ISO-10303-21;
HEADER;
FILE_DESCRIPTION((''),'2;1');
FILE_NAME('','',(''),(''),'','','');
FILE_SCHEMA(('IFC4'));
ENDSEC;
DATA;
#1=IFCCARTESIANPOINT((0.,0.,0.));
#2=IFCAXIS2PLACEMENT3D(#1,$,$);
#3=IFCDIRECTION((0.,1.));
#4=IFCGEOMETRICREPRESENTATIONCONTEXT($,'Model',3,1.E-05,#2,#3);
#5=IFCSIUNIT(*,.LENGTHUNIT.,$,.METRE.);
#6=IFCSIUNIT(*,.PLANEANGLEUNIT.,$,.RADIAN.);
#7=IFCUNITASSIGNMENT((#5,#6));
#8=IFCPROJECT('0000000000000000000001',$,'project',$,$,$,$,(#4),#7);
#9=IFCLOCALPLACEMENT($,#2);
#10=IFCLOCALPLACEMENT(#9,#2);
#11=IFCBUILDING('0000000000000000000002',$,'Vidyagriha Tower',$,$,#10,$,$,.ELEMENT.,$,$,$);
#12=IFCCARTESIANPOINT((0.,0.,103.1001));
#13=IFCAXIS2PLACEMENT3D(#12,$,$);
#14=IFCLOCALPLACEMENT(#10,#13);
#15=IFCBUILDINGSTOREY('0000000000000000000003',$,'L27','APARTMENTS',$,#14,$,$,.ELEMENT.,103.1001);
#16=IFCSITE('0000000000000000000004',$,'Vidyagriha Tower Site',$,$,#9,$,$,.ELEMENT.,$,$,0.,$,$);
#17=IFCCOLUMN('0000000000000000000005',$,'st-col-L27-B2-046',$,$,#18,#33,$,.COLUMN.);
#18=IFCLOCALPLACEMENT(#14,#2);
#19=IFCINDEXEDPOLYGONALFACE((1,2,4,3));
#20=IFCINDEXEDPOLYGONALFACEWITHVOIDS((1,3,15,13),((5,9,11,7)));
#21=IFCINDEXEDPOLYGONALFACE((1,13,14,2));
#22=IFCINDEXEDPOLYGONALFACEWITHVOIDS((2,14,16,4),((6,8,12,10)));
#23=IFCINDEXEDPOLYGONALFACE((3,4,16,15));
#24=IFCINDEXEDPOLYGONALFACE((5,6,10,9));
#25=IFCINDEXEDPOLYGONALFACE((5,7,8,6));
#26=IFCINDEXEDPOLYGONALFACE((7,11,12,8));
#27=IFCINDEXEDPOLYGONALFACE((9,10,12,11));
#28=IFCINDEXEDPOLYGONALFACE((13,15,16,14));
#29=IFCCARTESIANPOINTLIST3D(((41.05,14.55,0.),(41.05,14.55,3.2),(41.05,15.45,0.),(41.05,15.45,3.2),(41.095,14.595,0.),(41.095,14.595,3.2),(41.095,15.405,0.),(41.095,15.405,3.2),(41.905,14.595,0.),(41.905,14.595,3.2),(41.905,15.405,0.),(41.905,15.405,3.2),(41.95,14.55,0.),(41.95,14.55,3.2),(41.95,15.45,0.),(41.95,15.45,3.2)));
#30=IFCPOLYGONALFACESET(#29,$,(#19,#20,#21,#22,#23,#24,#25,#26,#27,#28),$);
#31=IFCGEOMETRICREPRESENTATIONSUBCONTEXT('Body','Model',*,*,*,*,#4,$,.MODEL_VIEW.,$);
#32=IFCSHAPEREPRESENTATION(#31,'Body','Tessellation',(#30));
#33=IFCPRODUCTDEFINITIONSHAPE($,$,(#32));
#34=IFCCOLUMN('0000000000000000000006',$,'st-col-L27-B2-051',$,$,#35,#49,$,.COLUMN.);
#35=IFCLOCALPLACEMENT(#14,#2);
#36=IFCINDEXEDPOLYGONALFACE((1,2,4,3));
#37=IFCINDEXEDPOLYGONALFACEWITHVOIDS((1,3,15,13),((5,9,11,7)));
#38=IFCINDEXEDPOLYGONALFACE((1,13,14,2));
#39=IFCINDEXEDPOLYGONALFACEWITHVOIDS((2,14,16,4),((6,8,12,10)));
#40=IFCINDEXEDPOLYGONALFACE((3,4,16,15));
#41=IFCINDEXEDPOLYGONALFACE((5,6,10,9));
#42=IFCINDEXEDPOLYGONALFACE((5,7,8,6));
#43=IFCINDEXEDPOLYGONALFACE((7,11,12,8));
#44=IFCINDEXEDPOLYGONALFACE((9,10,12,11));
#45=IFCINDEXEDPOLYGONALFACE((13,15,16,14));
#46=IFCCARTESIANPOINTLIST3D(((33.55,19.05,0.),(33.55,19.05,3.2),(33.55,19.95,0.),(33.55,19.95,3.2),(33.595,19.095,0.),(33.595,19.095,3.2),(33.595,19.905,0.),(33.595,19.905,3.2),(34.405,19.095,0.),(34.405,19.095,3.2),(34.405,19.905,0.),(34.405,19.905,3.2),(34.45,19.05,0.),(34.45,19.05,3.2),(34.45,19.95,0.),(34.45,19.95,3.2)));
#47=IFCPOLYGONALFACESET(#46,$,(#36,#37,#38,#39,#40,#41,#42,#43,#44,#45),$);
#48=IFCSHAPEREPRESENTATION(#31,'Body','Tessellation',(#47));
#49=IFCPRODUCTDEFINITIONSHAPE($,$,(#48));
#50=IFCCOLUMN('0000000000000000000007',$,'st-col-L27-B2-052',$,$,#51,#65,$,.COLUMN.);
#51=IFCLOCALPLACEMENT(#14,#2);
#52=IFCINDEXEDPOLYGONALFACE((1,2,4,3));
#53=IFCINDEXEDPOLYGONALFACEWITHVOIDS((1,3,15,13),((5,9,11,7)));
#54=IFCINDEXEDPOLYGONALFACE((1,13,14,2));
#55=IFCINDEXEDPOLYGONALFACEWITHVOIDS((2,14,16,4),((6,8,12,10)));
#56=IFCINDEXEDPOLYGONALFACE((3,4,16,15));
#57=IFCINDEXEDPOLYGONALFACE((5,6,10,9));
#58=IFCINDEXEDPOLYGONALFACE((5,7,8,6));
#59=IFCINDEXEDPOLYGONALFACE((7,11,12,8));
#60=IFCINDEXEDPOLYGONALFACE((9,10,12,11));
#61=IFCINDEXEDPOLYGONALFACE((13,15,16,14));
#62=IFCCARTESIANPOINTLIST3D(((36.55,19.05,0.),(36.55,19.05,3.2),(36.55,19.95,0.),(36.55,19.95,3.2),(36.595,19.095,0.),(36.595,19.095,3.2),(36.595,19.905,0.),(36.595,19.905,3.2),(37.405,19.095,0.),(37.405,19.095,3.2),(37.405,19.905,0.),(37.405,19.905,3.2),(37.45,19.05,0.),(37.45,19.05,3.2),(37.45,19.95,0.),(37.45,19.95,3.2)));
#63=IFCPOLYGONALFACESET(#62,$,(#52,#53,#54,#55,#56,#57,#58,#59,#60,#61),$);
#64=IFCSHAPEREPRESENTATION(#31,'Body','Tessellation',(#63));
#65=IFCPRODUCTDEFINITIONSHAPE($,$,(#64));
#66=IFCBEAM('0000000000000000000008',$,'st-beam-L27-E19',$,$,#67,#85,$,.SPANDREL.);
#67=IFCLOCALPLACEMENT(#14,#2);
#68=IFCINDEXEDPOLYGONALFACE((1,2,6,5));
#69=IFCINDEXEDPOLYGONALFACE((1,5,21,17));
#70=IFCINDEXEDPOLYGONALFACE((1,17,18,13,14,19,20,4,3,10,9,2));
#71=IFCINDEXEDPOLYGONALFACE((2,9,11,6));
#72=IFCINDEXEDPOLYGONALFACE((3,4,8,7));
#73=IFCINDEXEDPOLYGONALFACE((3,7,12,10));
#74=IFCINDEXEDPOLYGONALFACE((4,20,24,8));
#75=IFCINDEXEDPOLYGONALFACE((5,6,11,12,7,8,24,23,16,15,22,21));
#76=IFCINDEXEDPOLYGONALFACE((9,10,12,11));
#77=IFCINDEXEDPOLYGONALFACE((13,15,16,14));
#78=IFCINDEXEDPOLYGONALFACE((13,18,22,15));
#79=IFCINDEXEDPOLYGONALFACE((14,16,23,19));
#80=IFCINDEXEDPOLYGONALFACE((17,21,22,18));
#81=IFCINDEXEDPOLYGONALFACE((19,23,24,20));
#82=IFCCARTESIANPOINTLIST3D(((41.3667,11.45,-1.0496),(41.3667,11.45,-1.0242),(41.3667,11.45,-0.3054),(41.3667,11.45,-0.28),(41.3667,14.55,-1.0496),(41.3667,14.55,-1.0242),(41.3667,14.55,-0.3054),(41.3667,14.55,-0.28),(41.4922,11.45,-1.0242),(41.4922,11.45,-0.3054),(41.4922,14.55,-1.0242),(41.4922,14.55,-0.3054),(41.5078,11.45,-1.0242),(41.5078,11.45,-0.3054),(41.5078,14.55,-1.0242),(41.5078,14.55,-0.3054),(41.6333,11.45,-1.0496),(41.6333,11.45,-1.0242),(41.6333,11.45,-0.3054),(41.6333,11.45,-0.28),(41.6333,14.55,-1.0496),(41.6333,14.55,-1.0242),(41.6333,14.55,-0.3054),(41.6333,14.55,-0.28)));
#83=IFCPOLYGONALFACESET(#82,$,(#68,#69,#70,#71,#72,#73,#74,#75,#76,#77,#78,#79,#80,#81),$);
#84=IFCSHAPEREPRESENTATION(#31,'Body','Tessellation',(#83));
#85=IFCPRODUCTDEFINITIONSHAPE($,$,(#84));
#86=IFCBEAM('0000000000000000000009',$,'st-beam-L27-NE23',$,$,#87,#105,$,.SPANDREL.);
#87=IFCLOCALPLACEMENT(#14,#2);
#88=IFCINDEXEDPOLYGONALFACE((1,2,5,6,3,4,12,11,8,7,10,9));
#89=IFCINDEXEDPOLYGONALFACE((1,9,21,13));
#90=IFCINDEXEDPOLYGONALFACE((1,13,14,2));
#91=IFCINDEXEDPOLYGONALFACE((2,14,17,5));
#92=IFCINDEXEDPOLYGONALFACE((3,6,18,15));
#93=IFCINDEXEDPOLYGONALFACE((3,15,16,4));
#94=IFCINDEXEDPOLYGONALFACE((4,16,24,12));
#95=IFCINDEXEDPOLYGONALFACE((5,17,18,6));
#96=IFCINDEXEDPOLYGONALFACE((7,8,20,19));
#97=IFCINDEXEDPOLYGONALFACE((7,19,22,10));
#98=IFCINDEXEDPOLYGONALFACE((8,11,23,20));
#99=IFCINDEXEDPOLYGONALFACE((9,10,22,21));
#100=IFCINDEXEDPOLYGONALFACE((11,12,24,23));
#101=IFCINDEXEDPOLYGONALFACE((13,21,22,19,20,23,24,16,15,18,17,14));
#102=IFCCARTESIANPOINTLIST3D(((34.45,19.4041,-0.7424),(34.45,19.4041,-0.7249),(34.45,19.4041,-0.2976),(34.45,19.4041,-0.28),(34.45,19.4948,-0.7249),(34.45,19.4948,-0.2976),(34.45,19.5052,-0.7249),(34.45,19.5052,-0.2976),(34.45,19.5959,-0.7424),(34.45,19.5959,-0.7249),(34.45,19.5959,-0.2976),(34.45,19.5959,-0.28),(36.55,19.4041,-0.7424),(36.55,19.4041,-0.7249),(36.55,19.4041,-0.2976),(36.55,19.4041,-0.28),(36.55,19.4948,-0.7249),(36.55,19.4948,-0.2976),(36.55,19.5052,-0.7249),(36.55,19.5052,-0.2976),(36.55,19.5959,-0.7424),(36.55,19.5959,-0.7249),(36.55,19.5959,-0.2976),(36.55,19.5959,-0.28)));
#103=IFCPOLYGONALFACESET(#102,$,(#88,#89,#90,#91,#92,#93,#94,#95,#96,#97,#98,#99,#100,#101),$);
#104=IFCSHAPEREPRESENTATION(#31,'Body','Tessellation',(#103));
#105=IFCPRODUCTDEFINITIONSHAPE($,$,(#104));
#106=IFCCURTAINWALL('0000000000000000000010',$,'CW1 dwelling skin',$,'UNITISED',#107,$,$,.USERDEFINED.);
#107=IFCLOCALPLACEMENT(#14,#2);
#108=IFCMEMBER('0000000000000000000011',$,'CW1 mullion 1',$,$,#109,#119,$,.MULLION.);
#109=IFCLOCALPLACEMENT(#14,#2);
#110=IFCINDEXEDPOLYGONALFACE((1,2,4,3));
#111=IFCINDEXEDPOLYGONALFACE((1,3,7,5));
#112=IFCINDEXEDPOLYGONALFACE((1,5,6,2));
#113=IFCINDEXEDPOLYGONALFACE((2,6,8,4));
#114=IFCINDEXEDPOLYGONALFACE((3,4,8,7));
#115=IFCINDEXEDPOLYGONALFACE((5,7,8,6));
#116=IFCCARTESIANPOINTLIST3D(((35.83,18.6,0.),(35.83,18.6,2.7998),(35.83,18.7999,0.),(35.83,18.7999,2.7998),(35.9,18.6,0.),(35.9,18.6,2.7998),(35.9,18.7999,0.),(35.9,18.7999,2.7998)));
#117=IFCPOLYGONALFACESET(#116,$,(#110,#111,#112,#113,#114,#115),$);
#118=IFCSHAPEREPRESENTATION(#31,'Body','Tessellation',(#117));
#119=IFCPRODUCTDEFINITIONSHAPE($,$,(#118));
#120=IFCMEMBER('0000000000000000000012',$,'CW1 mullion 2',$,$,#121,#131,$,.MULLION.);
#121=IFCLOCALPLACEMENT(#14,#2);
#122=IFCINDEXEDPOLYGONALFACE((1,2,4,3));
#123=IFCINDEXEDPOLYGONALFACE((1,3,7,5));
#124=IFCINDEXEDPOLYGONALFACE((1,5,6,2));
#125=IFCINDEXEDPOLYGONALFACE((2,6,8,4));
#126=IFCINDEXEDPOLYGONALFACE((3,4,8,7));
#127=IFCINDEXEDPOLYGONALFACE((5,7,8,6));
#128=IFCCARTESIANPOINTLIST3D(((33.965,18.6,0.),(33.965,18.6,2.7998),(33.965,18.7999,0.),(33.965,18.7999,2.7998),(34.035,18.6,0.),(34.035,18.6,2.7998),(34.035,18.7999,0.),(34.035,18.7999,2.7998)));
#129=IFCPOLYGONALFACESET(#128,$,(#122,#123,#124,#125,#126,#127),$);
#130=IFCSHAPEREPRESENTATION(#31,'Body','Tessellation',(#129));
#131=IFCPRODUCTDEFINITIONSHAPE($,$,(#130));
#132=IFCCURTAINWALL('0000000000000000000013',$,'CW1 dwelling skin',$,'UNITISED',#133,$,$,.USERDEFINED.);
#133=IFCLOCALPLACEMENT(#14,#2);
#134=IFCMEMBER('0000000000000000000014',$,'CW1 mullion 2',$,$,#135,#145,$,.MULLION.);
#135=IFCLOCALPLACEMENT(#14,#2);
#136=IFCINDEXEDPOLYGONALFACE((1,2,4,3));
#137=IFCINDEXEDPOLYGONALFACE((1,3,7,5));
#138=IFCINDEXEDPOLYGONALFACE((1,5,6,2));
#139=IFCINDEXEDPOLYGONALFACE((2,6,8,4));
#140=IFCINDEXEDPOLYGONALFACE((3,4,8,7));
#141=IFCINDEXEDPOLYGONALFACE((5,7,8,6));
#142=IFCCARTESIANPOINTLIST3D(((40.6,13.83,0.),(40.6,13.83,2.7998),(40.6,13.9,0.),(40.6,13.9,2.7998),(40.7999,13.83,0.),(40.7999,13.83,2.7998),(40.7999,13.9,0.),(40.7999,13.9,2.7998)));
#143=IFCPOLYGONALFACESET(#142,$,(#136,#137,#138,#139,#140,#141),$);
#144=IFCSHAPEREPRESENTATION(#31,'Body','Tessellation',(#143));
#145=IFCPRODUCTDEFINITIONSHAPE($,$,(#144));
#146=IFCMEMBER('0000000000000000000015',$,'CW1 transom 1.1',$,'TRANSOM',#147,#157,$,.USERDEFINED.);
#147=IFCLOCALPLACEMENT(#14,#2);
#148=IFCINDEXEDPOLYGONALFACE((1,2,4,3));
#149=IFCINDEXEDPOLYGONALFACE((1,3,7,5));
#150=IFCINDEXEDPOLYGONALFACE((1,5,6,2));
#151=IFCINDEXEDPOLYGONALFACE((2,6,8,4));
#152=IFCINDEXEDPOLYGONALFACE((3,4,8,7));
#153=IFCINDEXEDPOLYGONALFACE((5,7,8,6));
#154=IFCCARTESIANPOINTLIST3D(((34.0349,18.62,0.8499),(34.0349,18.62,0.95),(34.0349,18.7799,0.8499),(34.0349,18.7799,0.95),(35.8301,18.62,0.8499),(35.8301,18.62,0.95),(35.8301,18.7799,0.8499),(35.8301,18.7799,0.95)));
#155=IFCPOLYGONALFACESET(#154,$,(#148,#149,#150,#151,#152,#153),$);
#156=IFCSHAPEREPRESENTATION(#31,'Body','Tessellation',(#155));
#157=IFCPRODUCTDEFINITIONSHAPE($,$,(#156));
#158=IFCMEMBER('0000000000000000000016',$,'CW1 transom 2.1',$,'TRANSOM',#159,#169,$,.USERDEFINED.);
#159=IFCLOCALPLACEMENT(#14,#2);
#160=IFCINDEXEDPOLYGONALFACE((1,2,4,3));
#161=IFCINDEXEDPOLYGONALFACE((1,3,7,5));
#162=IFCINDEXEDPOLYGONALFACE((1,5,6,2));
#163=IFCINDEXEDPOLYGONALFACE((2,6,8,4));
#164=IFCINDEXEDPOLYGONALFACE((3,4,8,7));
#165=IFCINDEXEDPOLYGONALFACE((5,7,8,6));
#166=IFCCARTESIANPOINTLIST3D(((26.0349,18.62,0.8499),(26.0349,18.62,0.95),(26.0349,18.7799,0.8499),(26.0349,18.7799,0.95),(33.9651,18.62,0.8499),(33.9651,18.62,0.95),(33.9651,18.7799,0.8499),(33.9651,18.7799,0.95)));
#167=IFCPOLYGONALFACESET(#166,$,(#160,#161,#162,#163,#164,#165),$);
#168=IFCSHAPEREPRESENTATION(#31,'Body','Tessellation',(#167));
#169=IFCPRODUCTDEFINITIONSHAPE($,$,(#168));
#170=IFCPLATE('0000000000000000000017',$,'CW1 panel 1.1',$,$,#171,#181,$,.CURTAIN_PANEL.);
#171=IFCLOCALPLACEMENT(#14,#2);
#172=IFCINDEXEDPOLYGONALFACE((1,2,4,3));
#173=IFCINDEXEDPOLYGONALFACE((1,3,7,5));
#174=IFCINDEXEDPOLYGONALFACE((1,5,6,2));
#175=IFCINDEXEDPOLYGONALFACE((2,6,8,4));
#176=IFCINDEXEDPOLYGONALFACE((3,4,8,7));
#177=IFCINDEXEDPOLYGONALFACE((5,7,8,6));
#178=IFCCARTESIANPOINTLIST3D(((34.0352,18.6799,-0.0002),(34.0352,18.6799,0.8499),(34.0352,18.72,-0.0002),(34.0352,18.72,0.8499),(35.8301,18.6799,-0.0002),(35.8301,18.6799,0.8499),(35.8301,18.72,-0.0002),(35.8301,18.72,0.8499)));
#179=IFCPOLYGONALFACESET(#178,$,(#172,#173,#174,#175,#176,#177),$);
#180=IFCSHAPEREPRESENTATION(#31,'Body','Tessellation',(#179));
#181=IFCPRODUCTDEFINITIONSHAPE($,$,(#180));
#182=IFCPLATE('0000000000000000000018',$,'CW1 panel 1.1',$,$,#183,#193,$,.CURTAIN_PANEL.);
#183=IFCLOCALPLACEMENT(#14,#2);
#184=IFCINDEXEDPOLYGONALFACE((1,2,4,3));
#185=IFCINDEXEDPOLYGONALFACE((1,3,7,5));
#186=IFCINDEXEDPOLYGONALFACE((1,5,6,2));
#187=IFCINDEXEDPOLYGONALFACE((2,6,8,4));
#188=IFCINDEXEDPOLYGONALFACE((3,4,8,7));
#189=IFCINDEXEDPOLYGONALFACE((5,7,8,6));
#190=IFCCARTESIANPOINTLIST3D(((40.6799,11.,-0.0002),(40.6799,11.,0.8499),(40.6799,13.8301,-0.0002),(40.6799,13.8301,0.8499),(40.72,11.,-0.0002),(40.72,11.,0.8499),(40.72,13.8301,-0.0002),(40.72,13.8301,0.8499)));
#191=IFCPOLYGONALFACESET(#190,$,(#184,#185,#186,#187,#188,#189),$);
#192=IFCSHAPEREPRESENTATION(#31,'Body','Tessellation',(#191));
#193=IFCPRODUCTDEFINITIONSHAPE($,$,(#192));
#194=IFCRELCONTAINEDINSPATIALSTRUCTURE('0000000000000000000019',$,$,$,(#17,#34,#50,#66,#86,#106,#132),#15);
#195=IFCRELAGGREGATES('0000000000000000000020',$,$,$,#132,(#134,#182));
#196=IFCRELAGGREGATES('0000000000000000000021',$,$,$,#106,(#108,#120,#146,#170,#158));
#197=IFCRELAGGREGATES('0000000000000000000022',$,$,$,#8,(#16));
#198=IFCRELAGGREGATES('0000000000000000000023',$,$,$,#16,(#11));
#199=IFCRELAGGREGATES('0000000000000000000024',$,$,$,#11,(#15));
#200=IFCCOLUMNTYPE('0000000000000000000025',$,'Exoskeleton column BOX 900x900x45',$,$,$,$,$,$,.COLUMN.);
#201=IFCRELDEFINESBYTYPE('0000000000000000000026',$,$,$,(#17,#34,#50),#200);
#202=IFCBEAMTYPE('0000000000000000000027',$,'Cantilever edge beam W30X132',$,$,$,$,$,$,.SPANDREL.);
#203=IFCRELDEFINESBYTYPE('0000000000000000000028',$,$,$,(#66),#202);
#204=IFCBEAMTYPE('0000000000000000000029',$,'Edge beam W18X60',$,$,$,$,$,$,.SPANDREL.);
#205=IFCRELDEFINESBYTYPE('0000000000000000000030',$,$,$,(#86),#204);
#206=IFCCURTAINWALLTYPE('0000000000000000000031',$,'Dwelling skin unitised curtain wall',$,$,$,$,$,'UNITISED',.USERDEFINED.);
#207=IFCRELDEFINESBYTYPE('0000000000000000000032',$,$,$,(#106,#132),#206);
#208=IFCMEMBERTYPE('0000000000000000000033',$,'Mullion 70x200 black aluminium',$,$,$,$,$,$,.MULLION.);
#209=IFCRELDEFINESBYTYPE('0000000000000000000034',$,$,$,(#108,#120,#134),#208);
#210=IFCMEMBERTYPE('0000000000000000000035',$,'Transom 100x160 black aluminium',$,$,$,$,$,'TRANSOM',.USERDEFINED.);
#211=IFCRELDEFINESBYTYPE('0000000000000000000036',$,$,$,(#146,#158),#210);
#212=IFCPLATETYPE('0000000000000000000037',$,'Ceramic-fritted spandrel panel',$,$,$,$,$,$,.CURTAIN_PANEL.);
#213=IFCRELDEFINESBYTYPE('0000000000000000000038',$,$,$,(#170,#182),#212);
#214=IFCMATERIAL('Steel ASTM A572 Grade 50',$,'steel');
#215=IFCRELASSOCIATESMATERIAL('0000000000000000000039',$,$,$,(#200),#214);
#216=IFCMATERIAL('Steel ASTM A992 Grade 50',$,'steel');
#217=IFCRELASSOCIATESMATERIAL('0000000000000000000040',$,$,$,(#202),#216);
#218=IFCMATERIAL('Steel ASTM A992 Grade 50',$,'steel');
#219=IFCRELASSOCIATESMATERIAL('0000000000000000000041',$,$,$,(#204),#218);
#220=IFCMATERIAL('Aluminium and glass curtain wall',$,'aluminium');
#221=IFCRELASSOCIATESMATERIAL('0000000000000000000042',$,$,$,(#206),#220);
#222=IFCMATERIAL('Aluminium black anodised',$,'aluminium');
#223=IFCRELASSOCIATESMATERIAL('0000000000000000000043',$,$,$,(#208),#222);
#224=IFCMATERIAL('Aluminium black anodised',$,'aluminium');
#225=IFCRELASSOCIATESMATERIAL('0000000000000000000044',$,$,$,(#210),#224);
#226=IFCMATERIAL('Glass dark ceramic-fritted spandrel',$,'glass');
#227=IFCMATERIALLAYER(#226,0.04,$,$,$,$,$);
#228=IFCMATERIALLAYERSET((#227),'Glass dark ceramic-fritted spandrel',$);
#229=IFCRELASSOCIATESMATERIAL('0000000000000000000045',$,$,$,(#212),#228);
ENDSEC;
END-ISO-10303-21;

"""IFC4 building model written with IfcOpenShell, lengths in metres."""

from ifc_helpers import new_model, si_unit, direction, frame, origin, origin_2d, place, context, subcontext, project, spatial, rectangle, hollow_rectangle, i_section, extrude, material, layer, layer_set, material_profile, profile_set, type_object, element, aggregate, save


model = new_model("IFC4")

# Units and contexts
model_context = context("Model", 3, precision=1e-05, world=origin(), true_north=direction((0.0, 1.0)))
body_context = subcontext(model_context, "Body", "Model", "MODEL_VIEW")
ifc_project = project(units=[si_unit("LENGTHUNIT", "METRE"), si_unit("PLANEANGLEUNIT", "RADIAN")], contexts=[model_context])

# Site, building, storey
site_placement = place(None, origin())
site = spatial("IfcSite", under=ifc_project, at=site_placement, Name="Vidyagriha Tower Site", CompositionType="ELEMENT", RefElevation=0.0)
building_placement = place(site_placement, origin())
building = spatial("IfcBuilding", under=site, at=building_placement, Name="Vidyagriha Tower", CompositionType="ELEMENT")
storey_placement = place(building_placement, frame((0.0, 0.0, 103.1001)))
storey = spatial("IfcBuildingStorey", under=building, at=storey_placement, Name="L27", Description="APARTMENTS", CompositionType="ELEMENT", Elevation=103.1001)

# Columns
ifc_material_1 = material(Name="Steel ASTM A572 Grade 50", Category="steel")
ifc_material_profile_1 = material_profile(ifc_material_1, hollow_rectangle(XDim=0.8999, YDim=0.8999, WallThickness=0.0449, at=origin_2d()), Name="BOX 900x900x45")
ifc_profile_set_1 = profile_set([ifc_material_profile_1], Name="Steel ASTM A572 Grade 50")
column_type = type_object("IfcColumnType", Name="Exoskeleton column BOX 900x900x45", PredefinedType="COLUMN", material=ifc_profile_set_1)
for number, where, name in (
    (1, (41.5, 15.0, 0.0), "st-col-L27-B2-046"),
    (2, (34.0, 19.5, 0.0), "st-col-L27-B2-051"),
    (3, (37.0, 19.5, 0.0), "st-col-L27-B2-052"),
):
    element("IfcColumn", number, at=place(storey_placement, frame(where)), inside=storey, type_object=column_type, Name=name, PredefinedType="COLUMN", context=body_context, shape_type="SweptSolid", body=[
        extrude(hollow_rectangle(XDim=0.8999, YDim=0.8999, WallThickness=0.0449, at=origin_2d()), origin(), (0.0, 0.0, 1.0), 3.2),
    ])

# Beams
ifc_material_2 = material(Name="Steel ASTM A992 Grade 50", Category="steel")
ifc_material_profile_2 = material_profile(ifc_material_2, i_section(OverallWidth=0.2666, OverallDepth=0.7695, WebThickness=0.0156, FlangeThickness=0.0254, at=origin_2d()), Name="W30X132")
ifc_profile_set_2 = profile_set([ifc_material_profile_2], Name="Steel ASTM A992 Grade 50")
beam_type_1 = type_object("IfcBeamType", Name="Cantilever edge beam W30X132", PredefinedType="SPANDREL", material=ifc_profile_set_2)
beam_1_placement = place(storey_placement, frame((41.5, 11.45, -0.6648), z_axis=(0.0, 1.0, 0.0), x_axis=(-1.0, 0.0, 0.0)))
element("IfcBeam", 4, at=beam_1_placement, inside=storey, type_object=beam_type_1, Name="st-beam-L27-E19", PredefinedType="SPANDREL", context=body_context, shape_type="SweptSolid", body=[
    extrude(i_section(OverallWidth=0.2666, OverallDepth=0.7695, WebThickness=0.0156, FlangeThickness=0.0254, at=origin_2d()), origin(), (0.0, 0.0, 1.0), 3.1001),
])
ifc_material_3 = material(Name="Steel ASTM A992 Grade 50", Category="steel")
ifc_material_profile_3 = material_profile(ifc_material_3, i_section(OverallWidth=0.1919, OverallDepth=0.4624, WebThickness=0.0105, FlangeThickness=0.0176, at=origin_2d()), Name="W18X60")
ifc_profile_set_3 = profile_set([ifc_material_profile_3], Name="Steel ASTM A992 Grade 50")
beam_type_2 = type_object("IfcBeamType", Name="Edge beam W18X60", PredefinedType="SPANDREL", material=ifc_profile_set_3)
beam_2_placement = place(storey_placement, frame((34.45, 19.5, -0.5112), z_axis=(1.0, 0.0, 0.0), x_axis=(0.0, 1.0, 0.0)))
element("IfcBeam", 5, at=beam_2_placement, inside=storey, type_object=beam_type_2, Name="st-beam-L27-NE23", PredefinedType="SPANDREL", context=body_context, shape_type="SweptSolid", body=[
    extrude(i_section(OverallWidth=0.1919, OverallDepth=0.4624, WebThickness=0.0105, FlangeThickness=0.0176, at=origin_2d()), origin(), (0.0, 0.0, 1.0), 2.1001),
])

# Curtain wall, members
ifc_material_4 = material(Name="Aluminium and glass curtain wall", Category="aluminium")
curtain_wall_type = type_object("IfcCurtainWallType", Name="Dwelling skin unitised curtain wall", ElementType="UNITISED", PredefinedType="USERDEFINED", material=ifc_material_4)
curtain_wall_1_placement = place(storey_placement, origin())
curtain_wall_1 = element("IfcCurtainWall", 6, at=curtain_wall_1_placement, inside=storey, type_object=curtain_wall_type, Name="CW1 dwelling skin", ObjectType="UNITISED", PredefinedType="USERDEFINED")
ifc_material_5 = material(Name="Aluminium black anodised", Category="aluminium")
ifc_material_profile_4 = material_profile(ifc_material_5, rectangle(XDim=0.2, YDim=0.0701, at=origin_2d()), Name="Mullion 70x200 black aluminium")
ifc_profile_set_4 = profile_set([ifc_material_profile_4], Name="Aluminium black anodised")
member_type_1 = type_object("IfcMemberType", Name="Mullion 70x200 black aluminium", PredefinedType="MULLION", material=ifc_profile_set_4)
member_1_placement = place(storey_placement, frame((35.865, 18.7, 0.0), z_axis=(0.0, 0.0, 1.0), x_axis=(0.0, -1.0, 0.0)))
member_1 = element("IfcMember", 7, at=member_1_placement, type_object=member_type_1, Name="CW1 mullion 1", PredefinedType="MULLION", context=body_context, shape_type="SweptSolid", body=[
    extrude(rectangle(XDim=0.2, YDim=0.0701, at=origin_2d()), origin(), (0.0, 0.0, 1.0), 2.7998),
])
member_2_placement = place(storey_placement, frame((34.0, 18.7, 0.0), z_axis=(0.0, 0.0, 1.0), x_axis=(0.0, -1.0, 0.0)))
member_2 = element("IfcMember", 8, at=member_2_placement, type_object=member_type_1, Name="CW1 mullion 2", PredefinedType="MULLION", context=body_context, shape_type="SweptSolid", body=[
    extrude(rectangle(XDim=0.2, YDim=0.0701, at=origin_2d()), origin(), (0.0, 0.0, 1.0), 2.7998),
])

# Curtain wall, member
curtain_wall_2_placement = place(storey_placement, origin())
curtain_wall_2 = element("IfcCurtainWall", 9, at=curtain_wall_2_placement, inside=storey, type_object=curtain_wall_type, Name="CW1 dwelling skin", ObjectType="UNITISED", PredefinedType="USERDEFINED")
member_3_placement = place(storey_placement, frame((40.7, 13.865, 0.0), z_axis=(0.0, 0.0, 1.0), x_axis=(-1.0, 0.0, 0.0)))
member_3 = element("IfcMember", 10, at=member_3_placement, type_object=member_type_1, Name="CW1 mullion 2", PredefinedType="MULLION", context=body_context, shape_type="SweptSolid", body=[
    extrude(rectangle(XDim=0.2, YDim=0.0701, at=origin_2d()), origin(), (0.0, 0.0, 1.0), 2.7998),
])

# Members
ifc_material_6 = material(Name="Aluminium black anodised", Category="aluminium")
ifc_material_profile_5 = material_profile(ifc_material_6, rectangle(XDim=0.1599, YDim=0.1001, at=origin_2d()), Name="Transom 100x160 black aluminium")
ifc_profile_set_5 = profile_set([ifc_material_profile_5], Name="Aluminium black anodised")
member_type_2 = type_object("IfcMemberType", Name="Transom 100x160 black aluminium", ElementType="TRANSOM", PredefinedType="USERDEFINED", material=ifc_profile_set_5)
member_4_placement = place(storey_placement, frame((35.8301, 18.7, 0.8999), z_axis=(-1.0, 0.0, 0.0), x_axis=(0.0, -1.0, 0.0)))
member_4 = element("IfcMember", 11, at=member_4_placement, type_object=member_type_2, Name="CW1 transom 1.1", ObjectType="TRANSOM", PredefinedType="USERDEFINED", context=body_context, shape_type="SweptSolid", body=[
    extrude(rectangle(XDim=0.1599, YDim=0.1001, at=origin_2d()), origin(), (0.0, 0.0, 1.0), 1.7952),
])
member_5_placement = place(storey_placement, frame((33.9651, 18.7, 0.8999), z_axis=(-1.0, 0.0, 0.0), x_axis=(0.0, -1.0, 0.0)))
member_5 = element("IfcMember", 12, at=member_5_placement, type_object=member_type_2, Name="CW1 transom 2.1", ObjectType="TRANSOM", PredefinedType="USERDEFINED", context=body_context, shape_type="SweptSolid", body=[
    extrude(rectangle(XDim=0.1599, YDim=0.1001, at=origin_2d()), origin(), (0.0, 0.0, 1.0), 7.9302),
])

# Plates
ifc_material_7 = material(Name="Glass dark ceramic-fritted spandrel", Category="glass")
ifc_layer_1 = layer(ifc_material_7, 0.04)
ifc_layer_set_1 = layer_set([ifc_layer_1], Name="Glass dark ceramic-fritted spandrel")
plate_type_1 = type_object("IfcPlateType", Name="Ceramic-fritted spandrel panel", PredefinedType="CURTAIN_PANEL", material=ifc_layer_set_1)
plate_1_placement = place(storey_placement, frame((34.9326, 18.7, -0.0002), z_axis=(0.0, 0.0, 1.0), x_axis=(-1.0, 0.0, 0.0)))
plate_1 = element("IfcPlate", 13, at=plate_1_placement, type_object=plate_type_1, Name="CW1 panel 1.1", PredefinedType="CURTAIN_PANEL", context=body_context, shape_type="SweptSolid", body=[
    extrude(rectangle(XDim=1.7949, YDim=0.04, at=origin_2d()), origin(), (0.0, 0.0, 1.0), 0.8501),
])
plate_2_placement = place(storey_placement, frame((40.7, 12.415, -0.0002), z_axis=(0.0, 0.0, 1.0), x_axis=(0.0, 1.0, 0.0)))
plate_2 = element("IfcPlate", 14, at=plate_2_placement, type_object=plate_type_1, Name="CW1 panel 1.1", PredefinedType="CURTAIN_PANEL", context=body_context, shape_type="SweptSolid", body=[
    extrude(rectangle(XDim=2.8301, YDim=0.04, at=origin_2d()), origin(), (0.0, 0.0, 1.0), 0.8501),
])
aggregate(curtain_wall_2, [member_3, plate_2])
aggregate(curtain_wall_1, [member_1, member_2, member_4, plate_1, member_5])

save(model, "model.ifc")
